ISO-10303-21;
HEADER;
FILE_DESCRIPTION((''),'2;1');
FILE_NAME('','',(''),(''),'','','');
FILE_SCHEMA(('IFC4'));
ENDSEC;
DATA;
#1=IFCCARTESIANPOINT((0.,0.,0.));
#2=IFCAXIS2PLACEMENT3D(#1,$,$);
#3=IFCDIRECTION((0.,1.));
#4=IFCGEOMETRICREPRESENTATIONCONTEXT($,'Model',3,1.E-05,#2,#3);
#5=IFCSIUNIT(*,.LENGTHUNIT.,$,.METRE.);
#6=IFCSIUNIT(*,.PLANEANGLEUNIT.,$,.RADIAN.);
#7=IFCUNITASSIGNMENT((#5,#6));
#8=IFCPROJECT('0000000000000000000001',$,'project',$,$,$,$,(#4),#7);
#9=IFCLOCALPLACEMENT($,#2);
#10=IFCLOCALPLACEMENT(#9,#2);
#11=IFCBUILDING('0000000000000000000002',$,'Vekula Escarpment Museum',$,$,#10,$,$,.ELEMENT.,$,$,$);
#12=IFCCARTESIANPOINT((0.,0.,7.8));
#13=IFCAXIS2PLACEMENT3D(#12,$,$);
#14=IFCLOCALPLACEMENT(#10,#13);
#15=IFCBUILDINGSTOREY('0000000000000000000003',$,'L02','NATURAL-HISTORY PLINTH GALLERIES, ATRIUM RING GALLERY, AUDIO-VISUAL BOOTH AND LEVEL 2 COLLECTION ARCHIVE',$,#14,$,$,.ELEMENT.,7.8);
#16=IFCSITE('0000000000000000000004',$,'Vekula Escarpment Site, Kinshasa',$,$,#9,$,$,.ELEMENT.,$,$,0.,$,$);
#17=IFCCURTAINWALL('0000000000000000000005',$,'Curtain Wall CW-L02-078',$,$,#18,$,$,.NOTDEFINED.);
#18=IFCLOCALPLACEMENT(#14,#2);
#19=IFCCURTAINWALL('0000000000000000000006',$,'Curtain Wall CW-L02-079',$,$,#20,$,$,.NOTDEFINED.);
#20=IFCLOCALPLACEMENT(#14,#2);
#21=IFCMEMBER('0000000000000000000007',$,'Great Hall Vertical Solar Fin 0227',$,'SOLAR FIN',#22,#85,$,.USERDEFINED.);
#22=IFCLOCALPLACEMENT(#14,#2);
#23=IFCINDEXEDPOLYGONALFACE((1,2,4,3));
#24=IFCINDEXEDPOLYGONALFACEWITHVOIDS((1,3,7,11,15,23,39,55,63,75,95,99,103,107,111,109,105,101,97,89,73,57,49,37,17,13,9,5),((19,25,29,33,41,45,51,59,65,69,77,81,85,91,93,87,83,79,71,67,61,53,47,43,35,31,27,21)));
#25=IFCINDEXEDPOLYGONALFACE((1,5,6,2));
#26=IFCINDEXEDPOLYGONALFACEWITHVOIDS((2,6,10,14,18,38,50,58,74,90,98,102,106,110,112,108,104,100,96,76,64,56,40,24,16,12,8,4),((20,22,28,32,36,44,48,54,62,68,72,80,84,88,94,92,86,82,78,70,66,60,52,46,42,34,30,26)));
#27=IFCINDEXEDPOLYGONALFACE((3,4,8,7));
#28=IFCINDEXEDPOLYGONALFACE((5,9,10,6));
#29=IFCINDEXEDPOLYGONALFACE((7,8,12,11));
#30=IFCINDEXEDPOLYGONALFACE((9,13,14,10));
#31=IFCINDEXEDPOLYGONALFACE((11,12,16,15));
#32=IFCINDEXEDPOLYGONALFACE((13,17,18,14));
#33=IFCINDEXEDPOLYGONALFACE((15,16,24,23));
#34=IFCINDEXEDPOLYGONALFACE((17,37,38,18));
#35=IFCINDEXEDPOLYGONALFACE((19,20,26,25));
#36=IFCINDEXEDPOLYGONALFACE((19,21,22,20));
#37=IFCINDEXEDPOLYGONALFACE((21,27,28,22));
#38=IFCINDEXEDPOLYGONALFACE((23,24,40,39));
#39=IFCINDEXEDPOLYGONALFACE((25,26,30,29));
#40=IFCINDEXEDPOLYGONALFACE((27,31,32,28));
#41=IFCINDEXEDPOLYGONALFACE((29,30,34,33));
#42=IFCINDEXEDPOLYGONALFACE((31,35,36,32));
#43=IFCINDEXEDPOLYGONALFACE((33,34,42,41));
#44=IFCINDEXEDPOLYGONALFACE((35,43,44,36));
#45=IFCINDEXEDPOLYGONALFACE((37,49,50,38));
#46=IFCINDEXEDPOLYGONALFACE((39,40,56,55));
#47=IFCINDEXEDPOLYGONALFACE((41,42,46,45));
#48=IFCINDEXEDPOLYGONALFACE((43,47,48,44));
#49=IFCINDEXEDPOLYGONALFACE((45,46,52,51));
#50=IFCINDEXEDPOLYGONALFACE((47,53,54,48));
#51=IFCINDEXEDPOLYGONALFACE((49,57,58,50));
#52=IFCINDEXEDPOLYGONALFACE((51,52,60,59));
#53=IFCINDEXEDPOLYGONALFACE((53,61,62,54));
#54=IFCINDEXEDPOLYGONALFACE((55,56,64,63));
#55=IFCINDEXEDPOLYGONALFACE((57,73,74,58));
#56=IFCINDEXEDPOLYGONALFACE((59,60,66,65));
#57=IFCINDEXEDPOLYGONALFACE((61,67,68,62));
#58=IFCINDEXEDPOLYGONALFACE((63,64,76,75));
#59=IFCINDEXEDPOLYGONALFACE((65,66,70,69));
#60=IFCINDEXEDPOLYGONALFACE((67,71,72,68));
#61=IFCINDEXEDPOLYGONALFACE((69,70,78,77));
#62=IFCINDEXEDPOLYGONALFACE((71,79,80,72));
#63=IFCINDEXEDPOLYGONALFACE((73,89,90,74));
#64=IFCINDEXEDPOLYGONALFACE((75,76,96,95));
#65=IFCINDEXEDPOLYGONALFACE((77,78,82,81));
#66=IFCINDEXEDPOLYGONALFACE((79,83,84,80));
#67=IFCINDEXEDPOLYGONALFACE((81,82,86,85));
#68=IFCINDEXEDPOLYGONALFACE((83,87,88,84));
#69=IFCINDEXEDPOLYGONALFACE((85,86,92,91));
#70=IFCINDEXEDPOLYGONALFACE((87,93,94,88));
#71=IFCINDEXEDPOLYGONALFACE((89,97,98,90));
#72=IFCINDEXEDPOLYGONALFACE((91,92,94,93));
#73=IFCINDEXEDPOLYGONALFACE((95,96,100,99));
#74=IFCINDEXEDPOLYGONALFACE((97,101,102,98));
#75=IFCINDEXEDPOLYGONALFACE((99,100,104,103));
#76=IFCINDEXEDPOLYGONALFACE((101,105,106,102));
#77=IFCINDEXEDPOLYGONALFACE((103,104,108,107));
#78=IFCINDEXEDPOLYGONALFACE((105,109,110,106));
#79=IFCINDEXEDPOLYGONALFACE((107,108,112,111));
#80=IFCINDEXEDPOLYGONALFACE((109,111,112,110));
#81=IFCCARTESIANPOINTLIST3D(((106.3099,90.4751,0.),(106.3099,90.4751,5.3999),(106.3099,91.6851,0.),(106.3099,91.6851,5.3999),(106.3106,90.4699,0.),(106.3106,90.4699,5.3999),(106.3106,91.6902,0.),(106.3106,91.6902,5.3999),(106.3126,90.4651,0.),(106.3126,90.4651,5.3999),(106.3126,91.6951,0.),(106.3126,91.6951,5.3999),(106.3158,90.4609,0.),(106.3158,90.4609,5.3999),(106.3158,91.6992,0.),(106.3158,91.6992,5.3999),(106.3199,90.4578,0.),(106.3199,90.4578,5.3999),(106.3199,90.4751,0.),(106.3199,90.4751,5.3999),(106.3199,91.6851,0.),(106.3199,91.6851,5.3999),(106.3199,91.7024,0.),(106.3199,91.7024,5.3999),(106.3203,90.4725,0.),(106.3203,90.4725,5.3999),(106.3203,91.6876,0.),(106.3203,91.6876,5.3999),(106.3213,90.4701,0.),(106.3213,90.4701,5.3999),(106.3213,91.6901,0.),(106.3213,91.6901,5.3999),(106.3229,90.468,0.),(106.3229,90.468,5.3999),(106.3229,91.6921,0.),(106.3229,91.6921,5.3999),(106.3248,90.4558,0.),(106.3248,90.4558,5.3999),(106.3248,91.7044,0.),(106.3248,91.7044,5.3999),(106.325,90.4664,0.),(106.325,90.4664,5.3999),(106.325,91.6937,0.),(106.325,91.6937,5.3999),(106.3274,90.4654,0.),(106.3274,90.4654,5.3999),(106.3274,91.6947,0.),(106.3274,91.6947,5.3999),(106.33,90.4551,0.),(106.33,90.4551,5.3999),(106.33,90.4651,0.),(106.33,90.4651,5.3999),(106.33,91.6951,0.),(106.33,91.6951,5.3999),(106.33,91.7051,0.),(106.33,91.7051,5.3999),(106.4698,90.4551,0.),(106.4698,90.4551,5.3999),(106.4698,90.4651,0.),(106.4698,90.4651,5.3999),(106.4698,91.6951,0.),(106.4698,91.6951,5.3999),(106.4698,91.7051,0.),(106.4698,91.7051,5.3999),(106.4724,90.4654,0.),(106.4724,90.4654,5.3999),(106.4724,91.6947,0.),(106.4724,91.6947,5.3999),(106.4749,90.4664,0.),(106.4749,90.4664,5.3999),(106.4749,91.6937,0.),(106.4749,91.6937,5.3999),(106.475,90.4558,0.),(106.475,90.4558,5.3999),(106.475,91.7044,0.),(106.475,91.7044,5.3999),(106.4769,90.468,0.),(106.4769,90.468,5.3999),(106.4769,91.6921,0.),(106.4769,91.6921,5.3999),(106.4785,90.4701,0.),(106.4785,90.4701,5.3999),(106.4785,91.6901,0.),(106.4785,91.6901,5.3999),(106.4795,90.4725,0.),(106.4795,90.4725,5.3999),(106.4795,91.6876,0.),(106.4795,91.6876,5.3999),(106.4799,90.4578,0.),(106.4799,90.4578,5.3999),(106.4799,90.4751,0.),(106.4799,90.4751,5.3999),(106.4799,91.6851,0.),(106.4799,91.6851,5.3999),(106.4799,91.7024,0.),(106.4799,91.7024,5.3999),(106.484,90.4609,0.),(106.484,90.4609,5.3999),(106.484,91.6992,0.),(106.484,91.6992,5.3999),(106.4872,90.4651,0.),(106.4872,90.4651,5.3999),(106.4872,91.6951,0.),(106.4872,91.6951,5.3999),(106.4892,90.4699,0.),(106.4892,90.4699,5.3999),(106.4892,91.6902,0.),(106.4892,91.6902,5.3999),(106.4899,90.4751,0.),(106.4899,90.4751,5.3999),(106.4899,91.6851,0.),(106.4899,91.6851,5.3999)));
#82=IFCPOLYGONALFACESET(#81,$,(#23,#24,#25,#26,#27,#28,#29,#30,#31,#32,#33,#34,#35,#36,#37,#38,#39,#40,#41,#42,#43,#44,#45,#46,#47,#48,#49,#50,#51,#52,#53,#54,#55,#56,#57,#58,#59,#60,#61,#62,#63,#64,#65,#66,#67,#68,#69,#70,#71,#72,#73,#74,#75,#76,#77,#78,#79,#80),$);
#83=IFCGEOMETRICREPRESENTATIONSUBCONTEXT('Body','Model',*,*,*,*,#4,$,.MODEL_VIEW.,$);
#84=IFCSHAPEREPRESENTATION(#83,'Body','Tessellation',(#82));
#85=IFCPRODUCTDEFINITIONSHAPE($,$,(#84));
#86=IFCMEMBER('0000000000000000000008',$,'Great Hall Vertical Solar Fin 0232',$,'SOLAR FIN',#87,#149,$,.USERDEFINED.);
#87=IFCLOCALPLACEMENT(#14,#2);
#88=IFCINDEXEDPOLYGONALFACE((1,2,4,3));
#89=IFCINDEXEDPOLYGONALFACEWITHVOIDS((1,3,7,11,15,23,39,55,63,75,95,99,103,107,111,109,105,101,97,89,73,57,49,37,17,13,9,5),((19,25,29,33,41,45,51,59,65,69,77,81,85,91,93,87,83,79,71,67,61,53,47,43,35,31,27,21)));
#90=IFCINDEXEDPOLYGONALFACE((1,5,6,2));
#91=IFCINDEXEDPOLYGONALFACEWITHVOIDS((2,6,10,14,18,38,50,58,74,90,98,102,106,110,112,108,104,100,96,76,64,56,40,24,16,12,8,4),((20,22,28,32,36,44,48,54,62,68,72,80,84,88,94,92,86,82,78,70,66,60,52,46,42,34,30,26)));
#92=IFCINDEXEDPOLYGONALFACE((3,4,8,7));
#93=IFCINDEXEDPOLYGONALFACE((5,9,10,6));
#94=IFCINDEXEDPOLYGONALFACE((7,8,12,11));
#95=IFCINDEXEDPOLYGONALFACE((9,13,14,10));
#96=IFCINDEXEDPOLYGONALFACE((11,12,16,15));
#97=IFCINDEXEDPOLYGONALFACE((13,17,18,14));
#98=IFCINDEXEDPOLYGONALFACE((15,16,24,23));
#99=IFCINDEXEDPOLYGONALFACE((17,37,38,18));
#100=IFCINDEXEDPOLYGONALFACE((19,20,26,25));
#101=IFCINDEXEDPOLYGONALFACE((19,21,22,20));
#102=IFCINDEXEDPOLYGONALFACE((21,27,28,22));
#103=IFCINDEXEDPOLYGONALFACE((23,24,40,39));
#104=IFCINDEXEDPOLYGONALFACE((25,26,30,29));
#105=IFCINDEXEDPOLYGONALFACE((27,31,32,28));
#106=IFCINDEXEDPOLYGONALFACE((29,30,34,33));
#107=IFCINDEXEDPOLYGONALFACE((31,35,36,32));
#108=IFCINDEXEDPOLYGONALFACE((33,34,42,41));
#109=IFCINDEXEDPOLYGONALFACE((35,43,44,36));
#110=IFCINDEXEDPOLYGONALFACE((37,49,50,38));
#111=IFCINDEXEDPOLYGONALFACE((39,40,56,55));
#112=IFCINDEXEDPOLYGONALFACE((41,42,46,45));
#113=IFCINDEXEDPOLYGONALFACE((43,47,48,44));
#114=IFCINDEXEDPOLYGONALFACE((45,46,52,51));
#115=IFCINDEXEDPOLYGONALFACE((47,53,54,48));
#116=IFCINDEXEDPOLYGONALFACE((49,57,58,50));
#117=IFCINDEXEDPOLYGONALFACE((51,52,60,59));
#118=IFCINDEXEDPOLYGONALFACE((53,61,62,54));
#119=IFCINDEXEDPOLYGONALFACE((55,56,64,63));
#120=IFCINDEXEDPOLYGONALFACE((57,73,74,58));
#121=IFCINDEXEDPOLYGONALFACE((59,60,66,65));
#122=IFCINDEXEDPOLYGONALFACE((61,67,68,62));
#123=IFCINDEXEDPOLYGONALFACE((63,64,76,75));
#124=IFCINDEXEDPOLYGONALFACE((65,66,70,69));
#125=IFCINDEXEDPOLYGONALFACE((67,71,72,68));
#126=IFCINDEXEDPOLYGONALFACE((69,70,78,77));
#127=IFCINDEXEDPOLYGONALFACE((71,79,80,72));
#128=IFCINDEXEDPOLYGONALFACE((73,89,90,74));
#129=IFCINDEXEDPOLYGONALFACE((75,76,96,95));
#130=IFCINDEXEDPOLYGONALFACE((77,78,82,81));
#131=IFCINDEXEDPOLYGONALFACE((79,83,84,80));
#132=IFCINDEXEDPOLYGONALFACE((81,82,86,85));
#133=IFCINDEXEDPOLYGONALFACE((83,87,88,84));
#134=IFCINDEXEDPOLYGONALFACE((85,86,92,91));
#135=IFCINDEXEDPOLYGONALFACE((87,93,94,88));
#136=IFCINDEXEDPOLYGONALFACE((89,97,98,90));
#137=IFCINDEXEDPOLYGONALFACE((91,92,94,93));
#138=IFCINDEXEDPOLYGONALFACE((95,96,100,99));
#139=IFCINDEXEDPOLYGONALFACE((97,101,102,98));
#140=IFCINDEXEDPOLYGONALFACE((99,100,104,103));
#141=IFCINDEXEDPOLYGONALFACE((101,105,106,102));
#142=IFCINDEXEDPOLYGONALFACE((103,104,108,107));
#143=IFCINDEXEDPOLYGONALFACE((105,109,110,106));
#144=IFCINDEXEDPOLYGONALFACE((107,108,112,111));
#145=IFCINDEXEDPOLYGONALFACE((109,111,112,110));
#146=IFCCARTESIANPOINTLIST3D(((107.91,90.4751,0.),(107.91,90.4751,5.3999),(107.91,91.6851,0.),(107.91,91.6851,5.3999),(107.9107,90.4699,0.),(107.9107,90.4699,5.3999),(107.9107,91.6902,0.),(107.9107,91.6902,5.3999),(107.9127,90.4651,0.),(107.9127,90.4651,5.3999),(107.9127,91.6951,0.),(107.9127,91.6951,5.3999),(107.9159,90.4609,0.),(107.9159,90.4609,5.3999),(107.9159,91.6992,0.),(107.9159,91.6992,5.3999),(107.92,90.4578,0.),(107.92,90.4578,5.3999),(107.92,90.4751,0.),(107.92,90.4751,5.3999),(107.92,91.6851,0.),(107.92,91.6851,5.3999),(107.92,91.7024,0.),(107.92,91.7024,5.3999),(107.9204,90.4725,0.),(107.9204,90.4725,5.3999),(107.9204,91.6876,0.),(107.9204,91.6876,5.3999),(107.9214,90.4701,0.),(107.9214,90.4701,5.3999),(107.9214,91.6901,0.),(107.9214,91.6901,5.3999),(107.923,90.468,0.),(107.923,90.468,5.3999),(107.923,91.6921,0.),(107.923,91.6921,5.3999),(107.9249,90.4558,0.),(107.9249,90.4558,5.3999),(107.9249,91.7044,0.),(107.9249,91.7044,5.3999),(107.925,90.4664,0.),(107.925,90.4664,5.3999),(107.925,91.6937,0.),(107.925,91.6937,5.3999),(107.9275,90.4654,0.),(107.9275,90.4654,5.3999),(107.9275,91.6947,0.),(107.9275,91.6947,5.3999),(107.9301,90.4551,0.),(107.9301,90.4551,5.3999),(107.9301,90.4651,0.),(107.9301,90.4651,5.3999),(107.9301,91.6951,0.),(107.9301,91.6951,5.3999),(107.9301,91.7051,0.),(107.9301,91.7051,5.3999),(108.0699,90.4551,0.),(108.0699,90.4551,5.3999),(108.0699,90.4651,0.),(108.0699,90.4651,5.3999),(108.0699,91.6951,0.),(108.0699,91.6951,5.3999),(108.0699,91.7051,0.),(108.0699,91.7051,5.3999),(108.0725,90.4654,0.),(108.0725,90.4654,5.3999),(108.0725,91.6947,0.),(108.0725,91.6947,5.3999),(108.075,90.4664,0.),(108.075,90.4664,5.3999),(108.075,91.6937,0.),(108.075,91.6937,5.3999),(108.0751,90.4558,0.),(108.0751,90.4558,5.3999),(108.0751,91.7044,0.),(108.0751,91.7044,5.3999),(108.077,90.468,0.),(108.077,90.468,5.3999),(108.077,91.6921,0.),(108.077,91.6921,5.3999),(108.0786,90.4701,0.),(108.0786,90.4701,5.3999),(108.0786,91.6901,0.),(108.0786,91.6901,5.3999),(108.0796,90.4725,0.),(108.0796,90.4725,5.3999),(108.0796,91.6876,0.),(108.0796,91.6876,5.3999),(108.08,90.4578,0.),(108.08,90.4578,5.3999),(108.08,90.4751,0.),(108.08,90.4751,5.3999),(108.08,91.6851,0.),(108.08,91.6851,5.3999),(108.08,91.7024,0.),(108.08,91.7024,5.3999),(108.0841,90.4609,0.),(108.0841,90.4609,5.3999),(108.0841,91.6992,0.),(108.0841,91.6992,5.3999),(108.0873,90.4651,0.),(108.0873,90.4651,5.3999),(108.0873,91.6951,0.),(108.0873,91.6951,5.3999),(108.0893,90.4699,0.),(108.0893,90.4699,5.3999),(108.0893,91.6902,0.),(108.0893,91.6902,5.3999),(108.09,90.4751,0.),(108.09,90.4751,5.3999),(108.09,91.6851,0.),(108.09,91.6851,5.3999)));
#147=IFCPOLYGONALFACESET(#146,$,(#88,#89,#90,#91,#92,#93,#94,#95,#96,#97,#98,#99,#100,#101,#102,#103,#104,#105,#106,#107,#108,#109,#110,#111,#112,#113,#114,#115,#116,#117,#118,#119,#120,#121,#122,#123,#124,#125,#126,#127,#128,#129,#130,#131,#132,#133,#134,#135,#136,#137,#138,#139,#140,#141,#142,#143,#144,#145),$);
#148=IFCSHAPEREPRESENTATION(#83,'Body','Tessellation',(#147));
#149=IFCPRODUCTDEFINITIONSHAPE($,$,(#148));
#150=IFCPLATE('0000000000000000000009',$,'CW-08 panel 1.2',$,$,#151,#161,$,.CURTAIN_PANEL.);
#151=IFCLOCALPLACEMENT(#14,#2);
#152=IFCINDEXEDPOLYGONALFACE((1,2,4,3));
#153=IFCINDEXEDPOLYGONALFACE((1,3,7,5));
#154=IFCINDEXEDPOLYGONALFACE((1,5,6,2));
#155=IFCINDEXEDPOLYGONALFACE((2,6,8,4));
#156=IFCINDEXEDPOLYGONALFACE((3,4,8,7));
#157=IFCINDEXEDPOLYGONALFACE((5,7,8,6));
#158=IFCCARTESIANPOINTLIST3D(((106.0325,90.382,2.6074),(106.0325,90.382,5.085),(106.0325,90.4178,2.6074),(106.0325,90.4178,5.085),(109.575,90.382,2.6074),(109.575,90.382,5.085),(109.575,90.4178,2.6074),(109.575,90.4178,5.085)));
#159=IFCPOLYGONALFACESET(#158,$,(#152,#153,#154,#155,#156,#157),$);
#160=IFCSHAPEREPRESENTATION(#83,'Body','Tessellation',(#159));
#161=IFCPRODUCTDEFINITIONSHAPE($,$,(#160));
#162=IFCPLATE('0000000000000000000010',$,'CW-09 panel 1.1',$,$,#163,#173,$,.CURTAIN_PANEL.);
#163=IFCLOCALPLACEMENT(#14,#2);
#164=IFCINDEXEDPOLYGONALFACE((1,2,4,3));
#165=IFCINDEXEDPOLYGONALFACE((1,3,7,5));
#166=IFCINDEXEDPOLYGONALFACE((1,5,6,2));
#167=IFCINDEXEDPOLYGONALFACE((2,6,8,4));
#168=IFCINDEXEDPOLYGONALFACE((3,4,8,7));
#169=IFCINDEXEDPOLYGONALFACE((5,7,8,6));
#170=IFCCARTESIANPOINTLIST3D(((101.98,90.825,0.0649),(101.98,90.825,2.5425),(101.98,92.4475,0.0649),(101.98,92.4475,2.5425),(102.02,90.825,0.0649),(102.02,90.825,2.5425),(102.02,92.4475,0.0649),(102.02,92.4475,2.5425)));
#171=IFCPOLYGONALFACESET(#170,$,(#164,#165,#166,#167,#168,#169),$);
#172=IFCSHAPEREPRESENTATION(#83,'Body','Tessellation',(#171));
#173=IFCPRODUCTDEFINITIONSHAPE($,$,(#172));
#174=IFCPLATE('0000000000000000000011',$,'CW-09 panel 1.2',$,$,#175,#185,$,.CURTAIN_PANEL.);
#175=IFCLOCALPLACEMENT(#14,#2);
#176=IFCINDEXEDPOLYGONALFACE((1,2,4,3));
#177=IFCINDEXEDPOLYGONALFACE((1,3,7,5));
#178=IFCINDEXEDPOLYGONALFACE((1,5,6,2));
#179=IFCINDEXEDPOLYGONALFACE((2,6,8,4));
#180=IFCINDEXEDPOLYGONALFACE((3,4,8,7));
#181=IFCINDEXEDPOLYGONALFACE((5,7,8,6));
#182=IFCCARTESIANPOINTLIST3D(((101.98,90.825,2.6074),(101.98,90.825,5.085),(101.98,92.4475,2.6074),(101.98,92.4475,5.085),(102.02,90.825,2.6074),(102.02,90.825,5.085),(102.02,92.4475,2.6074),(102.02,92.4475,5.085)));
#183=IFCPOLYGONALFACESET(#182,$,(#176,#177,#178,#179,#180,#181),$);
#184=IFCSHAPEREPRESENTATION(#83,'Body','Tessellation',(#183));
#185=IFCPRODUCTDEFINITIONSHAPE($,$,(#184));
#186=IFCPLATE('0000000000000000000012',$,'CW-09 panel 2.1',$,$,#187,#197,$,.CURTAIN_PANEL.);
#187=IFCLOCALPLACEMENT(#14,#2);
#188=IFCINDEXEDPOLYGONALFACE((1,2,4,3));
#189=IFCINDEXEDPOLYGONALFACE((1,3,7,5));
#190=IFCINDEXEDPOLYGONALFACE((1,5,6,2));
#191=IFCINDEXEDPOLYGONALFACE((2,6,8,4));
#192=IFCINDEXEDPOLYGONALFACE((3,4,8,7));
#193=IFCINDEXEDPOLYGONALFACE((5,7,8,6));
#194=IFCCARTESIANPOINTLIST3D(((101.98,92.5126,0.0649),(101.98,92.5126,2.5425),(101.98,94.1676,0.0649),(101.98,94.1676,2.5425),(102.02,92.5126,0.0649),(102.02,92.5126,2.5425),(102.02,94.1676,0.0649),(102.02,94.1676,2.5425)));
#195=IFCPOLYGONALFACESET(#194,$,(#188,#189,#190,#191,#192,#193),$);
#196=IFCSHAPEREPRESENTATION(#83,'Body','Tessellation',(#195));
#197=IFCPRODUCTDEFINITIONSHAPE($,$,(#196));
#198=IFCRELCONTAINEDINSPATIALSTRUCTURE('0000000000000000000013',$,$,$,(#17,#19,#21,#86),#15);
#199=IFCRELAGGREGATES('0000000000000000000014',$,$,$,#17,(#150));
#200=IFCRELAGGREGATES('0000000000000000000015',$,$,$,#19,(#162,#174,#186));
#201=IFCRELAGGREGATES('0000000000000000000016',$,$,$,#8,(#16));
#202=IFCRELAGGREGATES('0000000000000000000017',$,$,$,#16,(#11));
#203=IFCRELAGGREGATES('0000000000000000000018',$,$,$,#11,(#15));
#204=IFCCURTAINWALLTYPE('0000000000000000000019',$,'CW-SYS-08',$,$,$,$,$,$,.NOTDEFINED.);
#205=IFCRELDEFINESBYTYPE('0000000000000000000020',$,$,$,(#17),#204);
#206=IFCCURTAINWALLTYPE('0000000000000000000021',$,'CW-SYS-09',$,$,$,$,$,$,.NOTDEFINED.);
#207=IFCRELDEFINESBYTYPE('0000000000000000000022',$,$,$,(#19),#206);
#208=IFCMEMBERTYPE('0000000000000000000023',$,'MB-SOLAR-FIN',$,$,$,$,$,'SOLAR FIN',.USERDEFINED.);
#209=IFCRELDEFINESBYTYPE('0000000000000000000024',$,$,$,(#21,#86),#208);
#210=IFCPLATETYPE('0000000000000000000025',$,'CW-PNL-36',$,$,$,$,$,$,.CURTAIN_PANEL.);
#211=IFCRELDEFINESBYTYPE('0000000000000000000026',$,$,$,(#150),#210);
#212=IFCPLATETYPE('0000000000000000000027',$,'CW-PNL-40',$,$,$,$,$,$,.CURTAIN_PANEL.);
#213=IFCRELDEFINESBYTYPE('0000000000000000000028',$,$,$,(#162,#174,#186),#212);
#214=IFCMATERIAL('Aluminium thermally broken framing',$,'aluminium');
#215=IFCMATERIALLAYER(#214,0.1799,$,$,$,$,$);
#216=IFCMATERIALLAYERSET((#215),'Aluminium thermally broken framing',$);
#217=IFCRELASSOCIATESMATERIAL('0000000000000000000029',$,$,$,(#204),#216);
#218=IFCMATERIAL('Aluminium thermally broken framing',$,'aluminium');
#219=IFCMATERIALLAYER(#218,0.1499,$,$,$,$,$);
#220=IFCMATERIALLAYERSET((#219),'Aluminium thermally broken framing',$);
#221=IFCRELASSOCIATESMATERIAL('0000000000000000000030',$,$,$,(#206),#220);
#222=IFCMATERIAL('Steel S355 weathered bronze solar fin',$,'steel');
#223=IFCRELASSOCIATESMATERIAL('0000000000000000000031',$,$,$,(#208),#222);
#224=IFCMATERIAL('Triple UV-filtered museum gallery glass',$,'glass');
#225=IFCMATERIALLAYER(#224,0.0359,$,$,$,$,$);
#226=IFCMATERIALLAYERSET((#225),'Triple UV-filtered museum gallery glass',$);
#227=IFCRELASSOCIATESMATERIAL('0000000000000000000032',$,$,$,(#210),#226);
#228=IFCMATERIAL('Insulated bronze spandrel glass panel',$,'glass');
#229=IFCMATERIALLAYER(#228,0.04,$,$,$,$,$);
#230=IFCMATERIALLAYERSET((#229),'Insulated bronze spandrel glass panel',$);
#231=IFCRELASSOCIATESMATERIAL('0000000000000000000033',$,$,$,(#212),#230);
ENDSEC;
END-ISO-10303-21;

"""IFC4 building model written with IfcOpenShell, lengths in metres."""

from ifc_helpers import new_model, si_unit, direction, frame, origin, origin_2d, place, context, subcontext, project, spatial, rectangle, hollow_rectangle, extrude, material, layer, layer_set, material_profile, profile_set, type_object, element, aggregate, save


model = new_model("IFC4")

# Units and contexts
model_context = context("Model", 3, precision=1e-05, world=origin(), true_north=direction((0.0, 1.0)))
body_context = subcontext(model_context, "Body", "Model", "MODEL_VIEW")
ifc_project = project(units=[si_unit("LENGTHUNIT", "METRE"), si_unit("PLANEANGLEUNIT", "RADIAN")], contexts=[model_context])

# Site, building, storey
site_placement = place(None, origin())
site = spatial("IfcSite", under=ifc_project, at=site_placement, Name="Vekula Escarpment Site, Kinshasa", CompositionType="ELEMENT", RefElevation=0.0)
building_placement = place(site_placement, origin())
building = spatial("IfcBuilding", under=site, at=building_placement, Name="Vekula Escarpment Museum", CompositionType="ELEMENT")
storey_placement = place(building_placement, frame((0.0, 0.0, 7.8)))
storey = spatial("IfcBuildingStorey", under=building, at=storey_placement, Name="L02", Description="NATURAL-HISTORY PLINTH GALLERIES, ATRIUM RING GALLERY, AUDIO-VISUAL BOOTH AND LEVEL 2 COLLECTION ARCHIVE", CompositionType="ELEMENT", Elevation=7.8)

# Curtain wall
ifc_material_1 = material(Name="Aluminium thermally broken framing", Category="aluminium")
ifc_layer_1 = layer(ifc_material_1, 0.1799)
ifc_layer_set_1 = layer_set([ifc_layer_1], Name="Aluminium thermally broken framing")
curtain_wall_type_1 = type_object("IfcCurtainWallType", Name="CW-SYS-08", PredefinedType="NOTDEFINED", material=ifc_layer_set_1)
curtain_wall_1_placement = place(storey_placement, origin())
curtain_wall_1 = element("IfcCurtainWall", 1, at=curtain_wall_1_placement, inside=storey, type_object=curtain_wall_type_1, Name="Curtain Wall CW-L02-078", PredefinedType="NOTDEFINED")

# Curtain wall
ifc_material_2 = material(Name="Aluminium thermally broken framing", Category="aluminium")
ifc_layer_2 = layer(ifc_material_2, 0.1499)
ifc_layer_set_2 = layer_set([ifc_layer_2], Name="Aluminium thermally broken framing")
curtain_wall_type_2 = type_object("IfcCurtainWallType", Name="CW-SYS-09", PredefinedType="NOTDEFINED", material=ifc_layer_set_2)
curtain_wall_2_placement = place(storey_placement, origin())
curtain_wall_2 = element("IfcCurtainWall", 2, at=curtain_wall_2_placement, inside=storey, type_object=curtain_wall_type_2, Name="Curtain Wall CW-L02-079", PredefinedType="NOTDEFINED")

# Members
ifc_material_3 = material(Name="Steel S355 weathered bronze solar fin", Category="steel")
ifc_material_profile_1 = material_profile(ifc_material_3, hollow_rectangle(XDim=0.1799, YDim=1.25, WallThickness=0.01, InnerFilletRadius=0.01, OuterFilletRadius=0.02, at=origin_2d()), Name="RHS 1250x180x10")
ifc_profile_set_1 = profile_set([ifc_material_profile_1], Name="Steel S355 weathered bronze solar fin")
member_type_1 = type_object("IfcMemberType", Name="MB-SOLAR-FIN", ElementType="SOLAR FIN", PredefinedType="USERDEFINED", material=ifc_profile_set_1)
for number, where, z_axis, x_axis, name in (
    (3, (106.3999, 91.0801, 0.0), (0.0, 0.0, 1.0), (1.0, 0.0, 0.0), "Great Hall Vertical Solar Fin 0227"),
    (4, (108.0, 91.0801, 0.0), (0.0, 0.0, 1.0), (1.0, 0.0, 0.0), "Great Hall Vertical Solar Fin 0232"),
):
    element("IfcMember", number, at=place(storey_placement, frame(where, z_axis=z_axis, x_axis=x_axis)), inside=storey, type_object=member_type_1, Name=name, ObjectType="SOLAR FIN", PredefinedType="USERDEFINED", context=body_context, shape_type="SweptSolid", body=[
        extrude(hollow_rectangle(XDim=0.1799, YDim=1.25, WallThickness=0.01, InnerFilletRadius=0.01, OuterFilletRadius=0.02, at=origin_2d()), origin(), (0.0, 0.0, 1.0), 5.3999),
    ])

# Plates
ifc_material_4 = material(Name="Triple UV-filtered museum gallery glass", Category="glass")
ifc_layer_3 = layer(ifc_material_4, 0.0359)
ifc_layer_set_3 = layer_set([ifc_layer_3], Name="Triple UV-filtered museum gallery glass")
plate_type_1 = type_object("IfcPlateType", Name="CW-PNL-36", PredefinedType="CURTAIN_PANEL", material=ifc_layer_set_3)
plate_1_placement = place(storey_placement, frame((107.8037, 90.3999, 2.6074), z_axis=(0.0, 0.0, 1.0), x_axis=(-1.0, 0.0, 0.0)))
plate_1 = element("IfcPlate", 5, at=plate_1_placement, type_object=plate_type_1, Name="CW-08 panel 1.2", PredefinedType="CURTAIN_PANEL", context=body_context, shape_type="SweptSolid", body=[
    extrude(rectangle(XDim=3.5425, YDim=0.0359, at=origin_2d()), origin(), (0.0, 0.0, 1.0), 2.4775),
])
aggregate(curtain_wall_1, [plate_1])
ifc_material_5 = material(Name="Insulated bronze spandrel glass panel", Category="glass")
ifc_layer_4 = layer(ifc_material_5, 0.04)
ifc_layer_set_4 = layer_set([ifc_layer_4], Name="Insulated bronze spandrel glass panel")
plate_type_2 = type_object("IfcPlateType", Name="CW-PNL-40", PredefinedType="CURTAIN_PANEL", material=ifc_layer_set_4)
plate_2_placement = place(storey_placement, frame((102.0, 91.6362, 0.0649), z_axis=(0.0, 0.0, 1.0), x_axis=(0.0, 1.0, 0.0)))
plate_2 = element("IfcPlate", 6, at=plate_2_placement, type_object=plate_type_2, Name="CW-09 panel 1.1", PredefinedType="CURTAIN_PANEL", context=body_context, shape_type="SweptSolid", body=[
    extrude(rectangle(XDim=1.6226, YDim=0.04, at=origin_2d()), origin(), (0.0, 0.0, 1.0), 2.4775),
])
plate_3_placement = place(storey_placement, frame((102.0, 91.6362, 2.6074), z_axis=(0.0, 0.0, 1.0), x_axis=(0.0, 1.0, 0.0)))
plate_3 = element("IfcPlate", 7, at=plate_3_placement, type_object=plate_type_2, Name="CW-09 panel 1.2", PredefinedType="CURTAIN_PANEL", context=body_context, shape_type="SweptSolid", body=[
    extrude(rectangle(XDim=1.6226, YDim=0.04, at=origin_2d()), origin(), (0.0, 0.0, 1.0), 2.4775),
])
plate_4_placement = place(storey_placement, frame((102.0, 93.3401, 0.0649), z_axis=(0.0, 0.0, 1.0), x_axis=(0.0, 1.0, 0.0)))
plate_4 = element("IfcPlate", 8, at=plate_4_placement, type_object=plate_type_2, Name="CW-09 panel 2.1", PredefinedType="CURTAIN_PANEL", context=body_context, shape_type="SweptSolid", body=[
    extrude(rectangle(XDim=1.655, YDim=0.04, at=origin_2d()), origin(), (0.0, 0.0, 1.0), 2.4775),
])
aggregate(curtain_wall_2, [plate_2, plate_3, plate_4])

save(model, "model.ifc")
